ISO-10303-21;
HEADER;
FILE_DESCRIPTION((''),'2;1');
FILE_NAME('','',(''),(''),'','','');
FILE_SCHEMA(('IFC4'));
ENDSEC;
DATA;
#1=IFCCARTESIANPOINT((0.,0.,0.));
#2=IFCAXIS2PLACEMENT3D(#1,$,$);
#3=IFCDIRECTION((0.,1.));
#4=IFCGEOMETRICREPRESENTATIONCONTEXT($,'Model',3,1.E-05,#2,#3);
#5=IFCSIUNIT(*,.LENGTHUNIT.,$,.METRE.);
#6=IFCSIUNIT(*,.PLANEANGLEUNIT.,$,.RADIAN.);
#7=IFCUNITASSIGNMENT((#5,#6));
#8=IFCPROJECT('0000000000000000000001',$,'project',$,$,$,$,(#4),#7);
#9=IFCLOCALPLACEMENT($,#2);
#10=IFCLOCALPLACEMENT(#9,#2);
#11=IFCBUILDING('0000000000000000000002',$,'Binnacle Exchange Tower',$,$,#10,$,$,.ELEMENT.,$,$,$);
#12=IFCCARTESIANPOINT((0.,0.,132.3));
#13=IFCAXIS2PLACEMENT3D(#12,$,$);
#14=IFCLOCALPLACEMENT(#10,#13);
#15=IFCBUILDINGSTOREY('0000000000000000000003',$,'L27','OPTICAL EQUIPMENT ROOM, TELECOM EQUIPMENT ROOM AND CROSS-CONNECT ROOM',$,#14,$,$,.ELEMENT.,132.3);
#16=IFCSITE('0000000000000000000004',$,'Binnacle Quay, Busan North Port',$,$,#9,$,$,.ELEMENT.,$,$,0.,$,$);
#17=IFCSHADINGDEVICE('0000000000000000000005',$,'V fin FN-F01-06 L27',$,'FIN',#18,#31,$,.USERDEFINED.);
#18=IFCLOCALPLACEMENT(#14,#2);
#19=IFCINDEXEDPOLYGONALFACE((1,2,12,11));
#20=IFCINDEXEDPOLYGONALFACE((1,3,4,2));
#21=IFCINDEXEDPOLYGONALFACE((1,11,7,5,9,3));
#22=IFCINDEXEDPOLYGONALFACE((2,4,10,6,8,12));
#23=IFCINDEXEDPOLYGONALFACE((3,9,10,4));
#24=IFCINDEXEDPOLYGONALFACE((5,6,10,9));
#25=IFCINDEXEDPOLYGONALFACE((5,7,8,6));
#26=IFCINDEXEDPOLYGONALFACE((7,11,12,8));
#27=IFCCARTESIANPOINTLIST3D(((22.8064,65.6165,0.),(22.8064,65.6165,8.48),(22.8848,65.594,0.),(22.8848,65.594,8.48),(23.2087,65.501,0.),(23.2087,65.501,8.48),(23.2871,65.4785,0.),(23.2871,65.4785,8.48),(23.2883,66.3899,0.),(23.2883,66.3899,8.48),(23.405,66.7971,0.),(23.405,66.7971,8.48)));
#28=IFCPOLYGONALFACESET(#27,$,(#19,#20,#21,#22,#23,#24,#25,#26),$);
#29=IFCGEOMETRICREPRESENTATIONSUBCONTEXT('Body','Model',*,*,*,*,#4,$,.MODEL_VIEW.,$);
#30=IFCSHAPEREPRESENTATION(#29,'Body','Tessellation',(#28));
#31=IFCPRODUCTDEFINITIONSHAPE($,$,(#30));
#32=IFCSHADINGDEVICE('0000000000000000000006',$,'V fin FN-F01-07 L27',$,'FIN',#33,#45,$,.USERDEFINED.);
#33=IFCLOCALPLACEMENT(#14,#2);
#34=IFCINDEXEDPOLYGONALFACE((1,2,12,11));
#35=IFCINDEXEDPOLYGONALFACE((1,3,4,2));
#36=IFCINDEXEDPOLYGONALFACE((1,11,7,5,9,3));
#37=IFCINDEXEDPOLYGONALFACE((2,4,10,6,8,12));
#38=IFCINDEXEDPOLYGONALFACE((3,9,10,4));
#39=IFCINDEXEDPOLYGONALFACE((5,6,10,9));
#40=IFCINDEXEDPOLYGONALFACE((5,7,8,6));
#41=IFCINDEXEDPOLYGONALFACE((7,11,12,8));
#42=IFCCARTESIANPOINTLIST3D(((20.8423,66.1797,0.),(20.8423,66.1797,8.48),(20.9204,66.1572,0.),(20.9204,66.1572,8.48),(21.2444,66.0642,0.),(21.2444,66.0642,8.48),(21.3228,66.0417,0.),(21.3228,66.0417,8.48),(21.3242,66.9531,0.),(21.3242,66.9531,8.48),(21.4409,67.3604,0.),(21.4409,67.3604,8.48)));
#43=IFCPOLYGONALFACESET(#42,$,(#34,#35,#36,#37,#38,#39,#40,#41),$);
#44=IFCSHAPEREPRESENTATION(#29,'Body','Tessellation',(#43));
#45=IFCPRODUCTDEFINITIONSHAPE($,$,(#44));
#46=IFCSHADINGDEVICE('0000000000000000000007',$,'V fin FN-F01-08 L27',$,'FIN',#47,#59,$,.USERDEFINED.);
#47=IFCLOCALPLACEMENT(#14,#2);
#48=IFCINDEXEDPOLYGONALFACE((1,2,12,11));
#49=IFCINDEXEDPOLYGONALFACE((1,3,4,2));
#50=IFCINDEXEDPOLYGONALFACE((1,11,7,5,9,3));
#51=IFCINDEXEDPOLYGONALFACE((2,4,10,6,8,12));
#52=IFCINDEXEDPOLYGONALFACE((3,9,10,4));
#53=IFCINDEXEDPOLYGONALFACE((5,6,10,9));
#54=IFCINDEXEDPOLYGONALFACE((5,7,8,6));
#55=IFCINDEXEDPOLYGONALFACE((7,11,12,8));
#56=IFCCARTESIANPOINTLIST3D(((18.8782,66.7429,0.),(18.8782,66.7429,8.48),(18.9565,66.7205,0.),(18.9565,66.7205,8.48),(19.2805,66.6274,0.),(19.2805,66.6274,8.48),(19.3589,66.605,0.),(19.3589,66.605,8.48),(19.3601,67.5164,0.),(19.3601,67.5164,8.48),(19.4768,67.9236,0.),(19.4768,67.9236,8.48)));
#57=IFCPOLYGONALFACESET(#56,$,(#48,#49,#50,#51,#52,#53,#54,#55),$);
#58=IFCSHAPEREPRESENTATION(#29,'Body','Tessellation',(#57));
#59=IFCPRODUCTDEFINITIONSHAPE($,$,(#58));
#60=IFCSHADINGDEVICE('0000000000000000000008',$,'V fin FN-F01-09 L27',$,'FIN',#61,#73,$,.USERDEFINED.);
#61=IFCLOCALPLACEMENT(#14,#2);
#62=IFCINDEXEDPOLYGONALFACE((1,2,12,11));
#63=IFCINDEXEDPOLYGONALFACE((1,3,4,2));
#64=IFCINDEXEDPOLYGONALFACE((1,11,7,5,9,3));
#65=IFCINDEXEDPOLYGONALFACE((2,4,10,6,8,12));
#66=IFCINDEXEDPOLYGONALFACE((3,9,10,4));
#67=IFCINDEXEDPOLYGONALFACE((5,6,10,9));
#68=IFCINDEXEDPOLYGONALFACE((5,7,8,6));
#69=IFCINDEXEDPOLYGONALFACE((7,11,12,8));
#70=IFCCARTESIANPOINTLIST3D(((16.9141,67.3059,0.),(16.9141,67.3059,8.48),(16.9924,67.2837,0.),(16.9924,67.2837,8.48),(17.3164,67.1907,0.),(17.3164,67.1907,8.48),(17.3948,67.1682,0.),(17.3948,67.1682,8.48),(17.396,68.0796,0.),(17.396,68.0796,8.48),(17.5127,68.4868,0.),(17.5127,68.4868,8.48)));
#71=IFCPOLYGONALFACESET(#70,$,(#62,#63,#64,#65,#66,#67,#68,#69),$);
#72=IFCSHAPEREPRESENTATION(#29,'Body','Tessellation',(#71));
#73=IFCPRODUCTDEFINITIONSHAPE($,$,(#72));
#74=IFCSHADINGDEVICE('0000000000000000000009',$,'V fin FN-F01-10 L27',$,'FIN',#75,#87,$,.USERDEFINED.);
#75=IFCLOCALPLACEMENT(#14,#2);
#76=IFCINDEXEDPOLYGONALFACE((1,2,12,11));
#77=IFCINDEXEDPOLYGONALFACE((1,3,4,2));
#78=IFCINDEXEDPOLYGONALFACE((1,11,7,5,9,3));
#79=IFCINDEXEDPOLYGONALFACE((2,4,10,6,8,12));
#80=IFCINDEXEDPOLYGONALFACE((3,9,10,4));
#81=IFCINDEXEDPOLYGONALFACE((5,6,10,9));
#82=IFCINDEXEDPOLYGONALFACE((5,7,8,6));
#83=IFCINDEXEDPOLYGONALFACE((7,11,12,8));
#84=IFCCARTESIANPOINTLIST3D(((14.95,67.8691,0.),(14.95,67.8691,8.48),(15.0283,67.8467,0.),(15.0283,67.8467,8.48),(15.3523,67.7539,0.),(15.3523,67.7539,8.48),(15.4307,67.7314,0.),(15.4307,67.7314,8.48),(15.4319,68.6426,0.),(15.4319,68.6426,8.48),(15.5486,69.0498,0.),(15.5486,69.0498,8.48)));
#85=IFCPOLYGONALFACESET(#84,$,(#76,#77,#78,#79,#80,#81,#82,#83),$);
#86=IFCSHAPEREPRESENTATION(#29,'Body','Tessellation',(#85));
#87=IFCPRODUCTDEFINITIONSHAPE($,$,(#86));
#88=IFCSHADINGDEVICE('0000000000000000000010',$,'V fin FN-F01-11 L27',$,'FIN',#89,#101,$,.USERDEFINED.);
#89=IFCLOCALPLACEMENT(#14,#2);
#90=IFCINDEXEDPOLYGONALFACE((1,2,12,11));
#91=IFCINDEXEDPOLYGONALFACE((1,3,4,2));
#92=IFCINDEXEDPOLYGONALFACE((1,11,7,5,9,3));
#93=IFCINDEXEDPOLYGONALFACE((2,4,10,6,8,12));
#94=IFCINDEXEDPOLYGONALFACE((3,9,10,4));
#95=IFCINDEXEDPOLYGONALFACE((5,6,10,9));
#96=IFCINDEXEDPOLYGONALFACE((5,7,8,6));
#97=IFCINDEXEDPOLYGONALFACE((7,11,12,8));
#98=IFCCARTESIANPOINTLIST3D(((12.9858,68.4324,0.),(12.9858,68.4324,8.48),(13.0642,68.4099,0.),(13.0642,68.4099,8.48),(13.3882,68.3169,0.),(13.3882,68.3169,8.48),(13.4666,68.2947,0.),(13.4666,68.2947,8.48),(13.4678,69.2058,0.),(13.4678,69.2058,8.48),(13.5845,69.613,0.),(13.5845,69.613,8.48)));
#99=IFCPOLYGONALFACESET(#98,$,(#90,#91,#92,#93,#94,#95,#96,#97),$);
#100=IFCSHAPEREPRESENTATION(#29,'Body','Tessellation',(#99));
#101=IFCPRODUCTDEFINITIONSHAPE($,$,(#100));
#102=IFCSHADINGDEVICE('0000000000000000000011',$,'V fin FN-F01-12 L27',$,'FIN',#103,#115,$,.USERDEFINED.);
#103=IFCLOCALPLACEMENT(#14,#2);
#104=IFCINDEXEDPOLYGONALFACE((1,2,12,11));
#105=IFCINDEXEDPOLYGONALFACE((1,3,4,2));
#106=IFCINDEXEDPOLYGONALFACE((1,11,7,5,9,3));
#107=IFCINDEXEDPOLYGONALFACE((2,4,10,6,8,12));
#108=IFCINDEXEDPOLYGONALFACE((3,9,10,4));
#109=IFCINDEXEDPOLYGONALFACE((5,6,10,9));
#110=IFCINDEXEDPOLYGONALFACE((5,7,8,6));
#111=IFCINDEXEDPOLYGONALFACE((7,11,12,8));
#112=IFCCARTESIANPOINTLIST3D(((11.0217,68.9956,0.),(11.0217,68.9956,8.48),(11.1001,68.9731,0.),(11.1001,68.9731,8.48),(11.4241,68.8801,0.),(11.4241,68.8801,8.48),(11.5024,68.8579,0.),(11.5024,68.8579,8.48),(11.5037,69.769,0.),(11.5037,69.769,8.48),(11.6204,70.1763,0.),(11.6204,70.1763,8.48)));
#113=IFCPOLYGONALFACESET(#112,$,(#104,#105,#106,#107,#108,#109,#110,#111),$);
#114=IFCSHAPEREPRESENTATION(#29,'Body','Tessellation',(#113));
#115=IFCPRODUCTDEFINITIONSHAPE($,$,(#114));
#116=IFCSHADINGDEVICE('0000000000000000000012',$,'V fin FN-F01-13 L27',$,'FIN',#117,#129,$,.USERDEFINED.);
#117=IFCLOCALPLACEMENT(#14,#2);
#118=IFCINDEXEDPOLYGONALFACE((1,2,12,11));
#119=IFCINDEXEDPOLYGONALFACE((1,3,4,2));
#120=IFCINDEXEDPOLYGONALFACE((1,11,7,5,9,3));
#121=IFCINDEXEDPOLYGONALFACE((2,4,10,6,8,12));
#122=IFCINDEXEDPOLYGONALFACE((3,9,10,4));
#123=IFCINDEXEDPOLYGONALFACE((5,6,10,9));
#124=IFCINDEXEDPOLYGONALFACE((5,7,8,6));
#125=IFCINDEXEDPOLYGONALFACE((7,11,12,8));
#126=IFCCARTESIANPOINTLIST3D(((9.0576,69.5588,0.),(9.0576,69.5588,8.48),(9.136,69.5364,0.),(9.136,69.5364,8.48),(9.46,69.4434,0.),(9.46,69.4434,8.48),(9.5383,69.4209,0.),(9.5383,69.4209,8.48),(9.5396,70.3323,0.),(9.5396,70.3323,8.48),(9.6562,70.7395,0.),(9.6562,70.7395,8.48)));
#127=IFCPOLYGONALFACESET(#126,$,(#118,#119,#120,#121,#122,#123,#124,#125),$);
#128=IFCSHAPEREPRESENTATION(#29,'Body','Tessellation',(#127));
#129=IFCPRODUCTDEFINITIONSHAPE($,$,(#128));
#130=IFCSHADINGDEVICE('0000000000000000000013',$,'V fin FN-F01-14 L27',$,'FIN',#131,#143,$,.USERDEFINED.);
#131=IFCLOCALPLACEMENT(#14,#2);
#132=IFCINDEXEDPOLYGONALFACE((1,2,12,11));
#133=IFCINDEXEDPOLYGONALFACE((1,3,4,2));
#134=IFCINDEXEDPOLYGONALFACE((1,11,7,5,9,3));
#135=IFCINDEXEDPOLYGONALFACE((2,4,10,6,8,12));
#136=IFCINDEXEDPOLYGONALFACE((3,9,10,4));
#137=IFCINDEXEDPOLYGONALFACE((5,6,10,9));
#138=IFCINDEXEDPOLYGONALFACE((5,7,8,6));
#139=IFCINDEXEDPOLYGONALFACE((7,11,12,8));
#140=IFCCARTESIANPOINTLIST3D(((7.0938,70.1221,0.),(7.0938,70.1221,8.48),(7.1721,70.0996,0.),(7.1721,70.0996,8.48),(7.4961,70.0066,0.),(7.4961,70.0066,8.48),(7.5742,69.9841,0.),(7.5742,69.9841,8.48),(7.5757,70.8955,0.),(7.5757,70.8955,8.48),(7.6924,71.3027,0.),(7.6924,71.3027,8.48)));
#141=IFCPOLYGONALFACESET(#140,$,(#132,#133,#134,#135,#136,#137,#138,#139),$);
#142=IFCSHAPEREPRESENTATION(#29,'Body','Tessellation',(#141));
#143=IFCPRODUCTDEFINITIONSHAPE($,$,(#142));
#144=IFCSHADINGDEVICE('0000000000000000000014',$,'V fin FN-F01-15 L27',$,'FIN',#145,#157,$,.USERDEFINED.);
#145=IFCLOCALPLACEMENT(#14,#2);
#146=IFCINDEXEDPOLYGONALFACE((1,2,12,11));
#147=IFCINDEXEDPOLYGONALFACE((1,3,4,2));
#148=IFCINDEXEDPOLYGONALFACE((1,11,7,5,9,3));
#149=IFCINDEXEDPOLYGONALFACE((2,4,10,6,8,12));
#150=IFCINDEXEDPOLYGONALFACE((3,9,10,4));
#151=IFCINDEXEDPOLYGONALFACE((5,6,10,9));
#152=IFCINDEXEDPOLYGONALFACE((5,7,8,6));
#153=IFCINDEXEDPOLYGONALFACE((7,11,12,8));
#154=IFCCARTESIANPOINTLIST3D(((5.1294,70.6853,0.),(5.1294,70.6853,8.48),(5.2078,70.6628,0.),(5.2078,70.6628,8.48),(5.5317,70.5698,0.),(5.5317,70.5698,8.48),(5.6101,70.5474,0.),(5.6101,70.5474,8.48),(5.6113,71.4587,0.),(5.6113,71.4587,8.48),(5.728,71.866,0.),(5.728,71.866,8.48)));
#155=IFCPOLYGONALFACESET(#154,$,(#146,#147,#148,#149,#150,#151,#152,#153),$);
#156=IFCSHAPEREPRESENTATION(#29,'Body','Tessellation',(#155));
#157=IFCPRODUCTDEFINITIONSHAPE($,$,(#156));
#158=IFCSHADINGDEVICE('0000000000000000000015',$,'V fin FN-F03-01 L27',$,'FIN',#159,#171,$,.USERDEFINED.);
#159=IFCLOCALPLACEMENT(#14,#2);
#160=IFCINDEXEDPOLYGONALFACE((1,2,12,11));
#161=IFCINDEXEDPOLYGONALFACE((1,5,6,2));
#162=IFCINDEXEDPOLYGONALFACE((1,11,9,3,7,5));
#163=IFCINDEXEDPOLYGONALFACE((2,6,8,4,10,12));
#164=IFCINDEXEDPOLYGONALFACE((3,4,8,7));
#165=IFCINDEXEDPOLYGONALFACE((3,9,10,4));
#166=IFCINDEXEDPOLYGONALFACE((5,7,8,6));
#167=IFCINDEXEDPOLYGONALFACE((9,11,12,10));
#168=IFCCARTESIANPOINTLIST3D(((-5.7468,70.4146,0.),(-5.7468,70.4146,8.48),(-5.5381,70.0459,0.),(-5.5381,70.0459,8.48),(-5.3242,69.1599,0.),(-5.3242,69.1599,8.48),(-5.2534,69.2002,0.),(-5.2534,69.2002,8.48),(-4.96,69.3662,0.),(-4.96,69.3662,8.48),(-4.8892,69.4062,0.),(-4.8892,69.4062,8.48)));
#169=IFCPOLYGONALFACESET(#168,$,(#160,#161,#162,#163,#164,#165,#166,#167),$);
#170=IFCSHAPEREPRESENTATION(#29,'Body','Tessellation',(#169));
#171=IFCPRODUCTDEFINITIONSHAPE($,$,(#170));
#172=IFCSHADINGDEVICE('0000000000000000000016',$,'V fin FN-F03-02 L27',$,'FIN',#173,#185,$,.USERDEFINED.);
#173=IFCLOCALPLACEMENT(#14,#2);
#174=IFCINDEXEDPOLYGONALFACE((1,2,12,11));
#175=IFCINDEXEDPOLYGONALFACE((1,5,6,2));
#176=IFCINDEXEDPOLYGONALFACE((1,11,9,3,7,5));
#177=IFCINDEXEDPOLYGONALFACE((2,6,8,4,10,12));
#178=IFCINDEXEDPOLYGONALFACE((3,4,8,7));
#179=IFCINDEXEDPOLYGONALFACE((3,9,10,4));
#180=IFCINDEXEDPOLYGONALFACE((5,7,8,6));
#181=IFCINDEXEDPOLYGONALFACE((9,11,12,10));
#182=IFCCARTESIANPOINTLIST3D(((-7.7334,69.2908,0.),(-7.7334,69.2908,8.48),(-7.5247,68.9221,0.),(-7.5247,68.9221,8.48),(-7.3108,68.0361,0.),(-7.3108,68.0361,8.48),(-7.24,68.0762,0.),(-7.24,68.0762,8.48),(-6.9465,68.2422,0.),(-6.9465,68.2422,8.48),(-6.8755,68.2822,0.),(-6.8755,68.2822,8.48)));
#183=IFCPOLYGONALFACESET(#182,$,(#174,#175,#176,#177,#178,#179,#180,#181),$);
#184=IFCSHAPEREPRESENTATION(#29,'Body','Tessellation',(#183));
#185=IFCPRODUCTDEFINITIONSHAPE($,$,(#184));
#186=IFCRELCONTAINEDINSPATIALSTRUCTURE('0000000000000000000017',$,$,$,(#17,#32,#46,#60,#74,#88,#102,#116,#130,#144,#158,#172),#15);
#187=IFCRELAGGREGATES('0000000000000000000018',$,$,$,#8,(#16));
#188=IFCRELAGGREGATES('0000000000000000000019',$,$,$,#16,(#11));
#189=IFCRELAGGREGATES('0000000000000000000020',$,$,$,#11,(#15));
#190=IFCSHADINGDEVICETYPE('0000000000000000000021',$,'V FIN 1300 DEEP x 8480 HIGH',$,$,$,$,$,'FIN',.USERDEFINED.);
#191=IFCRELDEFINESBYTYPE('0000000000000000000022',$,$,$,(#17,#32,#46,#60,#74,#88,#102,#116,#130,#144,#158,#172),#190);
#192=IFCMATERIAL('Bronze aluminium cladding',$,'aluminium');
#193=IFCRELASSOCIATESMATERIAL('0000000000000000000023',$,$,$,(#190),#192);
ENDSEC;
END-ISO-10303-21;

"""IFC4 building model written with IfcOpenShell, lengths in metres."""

from ifc_helpers import new_model, si_unit, direction, frame, origin, place, context, subcontext, project, spatial, polyline, outline, extrude, material, type_object, element, save


model = new_model("IFC4")

# Units and contexts
model_context = context("Model", 3, precision=1e-05, world=origin(), true_north=direction((0.0, 1.0)))
body_context = subcontext(model_context, "Body", "Model", "MODEL_VIEW")
ifc_project = project(units=[si_unit("LENGTHUNIT", "METRE"), si_unit("PLANEANGLEUNIT", "RADIAN")], contexts=[model_context])

# Site, building, storey
site_placement = place(None, origin())
site = spatial("IfcSite", under=ifc_project, at=site_placement, Name="Binnacle Quay, Busan North Port", CompositionType="ELEMENT", RefElevation=0.0)
building_placement = place(site_placement, origin())
building = spatial("IfcBuilding", under=site, at=building_placement, Name="Binnacle Exchange Tower", CompositionType="ELEMENT")
storey_placement = place(building_placement, frame((0.0, 0.0, 132.3)))
storey = spatial("IfcBuildingStorey", under=building, at=storey_placement, Name="L27", Description="OPTICAL EQUIPMENT ROOM, TELECOM EQUIPMENT ROOM AND CROSS-CONNECT ROOM", CompositionType="ELEMENT", Elevation=132.3)

# Shading devices
ifc_material_1 = material(Name="Bronze aluminium cladding", Category="aluminium")
shading_device_type = type_object("IfcShadingDeviceType", Name="V FIN 1300 DEEP x 8480 HIGH", ElementType="FIN", PredefinedType="USERDEFINED", material=ifc_material_1)
shading_device_1_placement = place(storey_placement, origin())
element("IfcShadingDevice", 1, at=shading_device_1_placement, inside=storey, type_object=shading_device_type, Name="V fin FN-F01-06 L27", ObjectType="FIN", PredefinedType="USERDEFINED", context=body_context, shape_type="SweptSolid", body=[
    extrude(outline(polyline([(23.2871, 65.4785), (23.405, 66.7971), (22.8064, 65.6165), (22.8848, 65.594), (23.2883, 66.3899), (23.2087, 65.501), (23.2871, 65.4785)])), origin(), (0.0, 0.0, 1.0), 8.48),
])
shading_device_2_placement = place(storey_placement, origin())
element("IfcShadingDevice", 2, at=shading_device_2_placement, inside=storey, type_object=shading_device_type, Name="V fin FN-F01-07 L27", ObjectType="FIN", PredefinedType="USERDEFINED", context=body_context, shape_type="SweptSolid", body=[
    extrude(outline(polyline([(21.3228, 66.0417), (21.4409, 67.3604), (20.8423, 66.1797), (20.9204, 66.1572), (21.3242, 66.9531), (21.2444, 66.0642), (21.3228, 66.0417)])), origin(), (0.0, 0.0, 1.0), 8.48),
])
shading_device_3_placement = place(storey_placement, origin())
element("IfcShadingDevice", 3, at=shading_device_3_placement, inside=storey, type_object=shading_device_type, Name="V fin FN-F01-08 L27", ObjectType="FIN", PredefinedType="USERDEFINED", context=body_context, shape_type="SweptSolid", body=[
    extrude(outline(polyline([(19.3589, 66.605), (19.4768, 67.9236), (18.8782, 66.7429), (18.9565, 66.7205), (19.3601, 67.5164), (19.2805, 66.6274), (19.3589, 66.605)])), origin(), (0.0, 0.0, 1.0), 8.48),
])
shading_device_4_placement = place(storey_placement, origin())
element("IfcShadingDevice", 4, at=shading_device_4_placement, inside=storey, type_object=shading_device_type, Name="V fin FN-F01-09 L27", ObjectType="FIN", PredefinedType="USERDEFINED", context=body_context, shape_type="SweptSolid", body=[
    extrude(outline(polyline([(17.3948, 67.1682), (17.5127, 68.4868), (16.9141, 67.3059), (16.9924, 67.2837), (17.396, 68.0796), (17.3164, 67.1907), (17.3948, 67.1682)])), origin(), (0.0, 0.0, 1.0), 8.48),
])
shading_device_5_placement = place(storey_placement, origin())
element("IfcShadingDevice", 5, at=shading_device_5_placement, inside=storey, type_object=shading_device_type, Name="V fin FN-F01-10 L27", ObjectType="FIN", PredefinedType="USERDEFINED", context=body_context, shape_type="SweptSolid", body=[
    extrude(outline(polyline([(15.4307, 67.7314), (15.5486, 69.0498), (14.95, 67.8691), (15.0283, 67.8467), (15.4319, 68.6426), (15.3523, 67.7539), (15.4307, 67.7314)])), origin(), (0.0, 0.0, 1.0), 8.48),
])
shading_device_6_placement = place(storey_placement, origin())
element("IfcShadingDevice", 6, at=shading_device_6_placement, inside=storey, type_object=shading_device_type, Name="V fin FN-F01-11 L27", ObjectType="FIN", PredefinedType="USERDEFINED", context=body_context, shape_type="SweptSolid", body=[
    extrude(outline(polyline([(13.4666, 68.2947), (13.5845, 69.613), (12.9858, 68.4324), (13.0642, 68.4099), (13.4678, 69.2058), (13.3882, 68.3169), (13.4666, 68.2947)])), origin(), (0.0, 0.0, 1.0), 8.48),
])
shading_device_7_placement = place(storey_placement, origin())
element("IfcShadingDevice", 7, at=shading_device_7_placement, inside=storey, type_object=shading_device_type, Name="V fin FN-F01-12 L27", ObjectType="FIN", PredefinedType="USERDEFINED", context=body_context, shape_type="SweptSolid", body=[
    extrude(outline(polyline([(11.5024, 68.8579), (11.6204, 70.1763), (11.0217, 68.9956), (11.1001, 68.9731), (11.5037, 69.769), (11.4241, 68.8801), (11.5024, 68.8579)])), origin(), (0.0, 0.0, 1.0), 8.48),
])
shading_device_8_placement = place(storey_placement, origin())
element("IfcShadingDevice", 8, at=shading_device_8_placement, inside=storey, type_object=shading_device_type, Name="V fin FN-F01-13 L27", ObjectType="FIN", PredefinedType="USERDEFINED", context=body_context, shape_type="SweptSolid", body=[
    extrude(outline(polyline([(9.5383, 69.4209), (9.6562, 70.7395), (9.0576, 69.5588), (9.136, 69.5364), (9.5396, 70.3323), (9.46, 69.4434), (9.5383, 69.4209)])), origin(), (0.0, 0.0, 1.0), 8.48),
])
shading_device_9_placement = place(storey_placement, origin())
element("IfcShadingDevice", 9, at=shading_device_9_placement, inside=storey, type_object=shading_device_type, Name="V fin FN-F01-14 L27", ObjectType="FIN", PredefinedType="USERDEFINED", context=body_context, shape_type="SweptSolid", body=[
    extrude(outline(polyline([(7.5742, 69.9841), (7.6924, 71.3027), (7.0938, 70.1221), (7.1721, 70.0996), (7.5757, 70.8955), (7.4961, 70.0066), (7.5742, 69.9841)])), origin(), (0.0, 0.0, 1.0), 8.48),
])
shading_device_10_placement = place(storey_placement, origin())
element("IfcShadingDevice", 10, at=shading_device_10_placement, inside=storey, type_object=shading_device_type, Name="V fin FN-F01-15 L27", ObjectType="FIN", PredefinedType="USERDEFINED", context=body_context, shape_type="SweptSolid", body=[
    extrude(outline(polyline([(5.6101, 70.5474), (5.728, 71.866), (5.1294, 70.6853), (5.2078, 70.6628), (5.6113, 71.4587), (5.5317, 70.5698), (5.6101, 70.5474)])), origin(), (0.0, 0.0, 1.0), 8.48),
])
shading_device_11_placement = place(storey_placement, origin())
element("IfcShadingDevice", 11, at=shading_device_11_placement, inside=storey, type_object=shading_device_type, Name="V fin FN-F03-01 L27", ObjectType="FIN", PredefinedType="USERDEFINED", context=body_context, shape_type="SweptSolid", body=[
    extrude(outline(polyline([(-4.8892, 69.4062), (-5.7468, 70.4146), (-5.3242, 69.1599), (-5.2534, 69.2002), (-5.5381, 70.0459), (-4.96, 69.3662), (-4.8892, 69.4062)])), origin(), (0.0, 0.0, 1.0), 8.48),
])
shading_device_12_placement = place(storey_placement, origin())
element("IfcShadingDevice", 12, at=shading_device_12_placement, inside=storey, type_object=shading_device_type, Name="V fin FN-F03-02 L27", ObjectType="FIN", PredefinedType="USERDEFINED", context=body_context, shape_type="SweptSolid", body=[
    extrude(outline(polyline([(-6.8755, 68.2822), (-7.7334, 69.2908), (-7.3108, 68.0361), (-7.24, 68.0762), (-7.5247, 68.9221), (-6.9465, 68.2422), (-6.8755, 68.2822)])), origin(), (0.0, 0.0, 1.0), 8.48),
])

save(model, "model.ifc")
